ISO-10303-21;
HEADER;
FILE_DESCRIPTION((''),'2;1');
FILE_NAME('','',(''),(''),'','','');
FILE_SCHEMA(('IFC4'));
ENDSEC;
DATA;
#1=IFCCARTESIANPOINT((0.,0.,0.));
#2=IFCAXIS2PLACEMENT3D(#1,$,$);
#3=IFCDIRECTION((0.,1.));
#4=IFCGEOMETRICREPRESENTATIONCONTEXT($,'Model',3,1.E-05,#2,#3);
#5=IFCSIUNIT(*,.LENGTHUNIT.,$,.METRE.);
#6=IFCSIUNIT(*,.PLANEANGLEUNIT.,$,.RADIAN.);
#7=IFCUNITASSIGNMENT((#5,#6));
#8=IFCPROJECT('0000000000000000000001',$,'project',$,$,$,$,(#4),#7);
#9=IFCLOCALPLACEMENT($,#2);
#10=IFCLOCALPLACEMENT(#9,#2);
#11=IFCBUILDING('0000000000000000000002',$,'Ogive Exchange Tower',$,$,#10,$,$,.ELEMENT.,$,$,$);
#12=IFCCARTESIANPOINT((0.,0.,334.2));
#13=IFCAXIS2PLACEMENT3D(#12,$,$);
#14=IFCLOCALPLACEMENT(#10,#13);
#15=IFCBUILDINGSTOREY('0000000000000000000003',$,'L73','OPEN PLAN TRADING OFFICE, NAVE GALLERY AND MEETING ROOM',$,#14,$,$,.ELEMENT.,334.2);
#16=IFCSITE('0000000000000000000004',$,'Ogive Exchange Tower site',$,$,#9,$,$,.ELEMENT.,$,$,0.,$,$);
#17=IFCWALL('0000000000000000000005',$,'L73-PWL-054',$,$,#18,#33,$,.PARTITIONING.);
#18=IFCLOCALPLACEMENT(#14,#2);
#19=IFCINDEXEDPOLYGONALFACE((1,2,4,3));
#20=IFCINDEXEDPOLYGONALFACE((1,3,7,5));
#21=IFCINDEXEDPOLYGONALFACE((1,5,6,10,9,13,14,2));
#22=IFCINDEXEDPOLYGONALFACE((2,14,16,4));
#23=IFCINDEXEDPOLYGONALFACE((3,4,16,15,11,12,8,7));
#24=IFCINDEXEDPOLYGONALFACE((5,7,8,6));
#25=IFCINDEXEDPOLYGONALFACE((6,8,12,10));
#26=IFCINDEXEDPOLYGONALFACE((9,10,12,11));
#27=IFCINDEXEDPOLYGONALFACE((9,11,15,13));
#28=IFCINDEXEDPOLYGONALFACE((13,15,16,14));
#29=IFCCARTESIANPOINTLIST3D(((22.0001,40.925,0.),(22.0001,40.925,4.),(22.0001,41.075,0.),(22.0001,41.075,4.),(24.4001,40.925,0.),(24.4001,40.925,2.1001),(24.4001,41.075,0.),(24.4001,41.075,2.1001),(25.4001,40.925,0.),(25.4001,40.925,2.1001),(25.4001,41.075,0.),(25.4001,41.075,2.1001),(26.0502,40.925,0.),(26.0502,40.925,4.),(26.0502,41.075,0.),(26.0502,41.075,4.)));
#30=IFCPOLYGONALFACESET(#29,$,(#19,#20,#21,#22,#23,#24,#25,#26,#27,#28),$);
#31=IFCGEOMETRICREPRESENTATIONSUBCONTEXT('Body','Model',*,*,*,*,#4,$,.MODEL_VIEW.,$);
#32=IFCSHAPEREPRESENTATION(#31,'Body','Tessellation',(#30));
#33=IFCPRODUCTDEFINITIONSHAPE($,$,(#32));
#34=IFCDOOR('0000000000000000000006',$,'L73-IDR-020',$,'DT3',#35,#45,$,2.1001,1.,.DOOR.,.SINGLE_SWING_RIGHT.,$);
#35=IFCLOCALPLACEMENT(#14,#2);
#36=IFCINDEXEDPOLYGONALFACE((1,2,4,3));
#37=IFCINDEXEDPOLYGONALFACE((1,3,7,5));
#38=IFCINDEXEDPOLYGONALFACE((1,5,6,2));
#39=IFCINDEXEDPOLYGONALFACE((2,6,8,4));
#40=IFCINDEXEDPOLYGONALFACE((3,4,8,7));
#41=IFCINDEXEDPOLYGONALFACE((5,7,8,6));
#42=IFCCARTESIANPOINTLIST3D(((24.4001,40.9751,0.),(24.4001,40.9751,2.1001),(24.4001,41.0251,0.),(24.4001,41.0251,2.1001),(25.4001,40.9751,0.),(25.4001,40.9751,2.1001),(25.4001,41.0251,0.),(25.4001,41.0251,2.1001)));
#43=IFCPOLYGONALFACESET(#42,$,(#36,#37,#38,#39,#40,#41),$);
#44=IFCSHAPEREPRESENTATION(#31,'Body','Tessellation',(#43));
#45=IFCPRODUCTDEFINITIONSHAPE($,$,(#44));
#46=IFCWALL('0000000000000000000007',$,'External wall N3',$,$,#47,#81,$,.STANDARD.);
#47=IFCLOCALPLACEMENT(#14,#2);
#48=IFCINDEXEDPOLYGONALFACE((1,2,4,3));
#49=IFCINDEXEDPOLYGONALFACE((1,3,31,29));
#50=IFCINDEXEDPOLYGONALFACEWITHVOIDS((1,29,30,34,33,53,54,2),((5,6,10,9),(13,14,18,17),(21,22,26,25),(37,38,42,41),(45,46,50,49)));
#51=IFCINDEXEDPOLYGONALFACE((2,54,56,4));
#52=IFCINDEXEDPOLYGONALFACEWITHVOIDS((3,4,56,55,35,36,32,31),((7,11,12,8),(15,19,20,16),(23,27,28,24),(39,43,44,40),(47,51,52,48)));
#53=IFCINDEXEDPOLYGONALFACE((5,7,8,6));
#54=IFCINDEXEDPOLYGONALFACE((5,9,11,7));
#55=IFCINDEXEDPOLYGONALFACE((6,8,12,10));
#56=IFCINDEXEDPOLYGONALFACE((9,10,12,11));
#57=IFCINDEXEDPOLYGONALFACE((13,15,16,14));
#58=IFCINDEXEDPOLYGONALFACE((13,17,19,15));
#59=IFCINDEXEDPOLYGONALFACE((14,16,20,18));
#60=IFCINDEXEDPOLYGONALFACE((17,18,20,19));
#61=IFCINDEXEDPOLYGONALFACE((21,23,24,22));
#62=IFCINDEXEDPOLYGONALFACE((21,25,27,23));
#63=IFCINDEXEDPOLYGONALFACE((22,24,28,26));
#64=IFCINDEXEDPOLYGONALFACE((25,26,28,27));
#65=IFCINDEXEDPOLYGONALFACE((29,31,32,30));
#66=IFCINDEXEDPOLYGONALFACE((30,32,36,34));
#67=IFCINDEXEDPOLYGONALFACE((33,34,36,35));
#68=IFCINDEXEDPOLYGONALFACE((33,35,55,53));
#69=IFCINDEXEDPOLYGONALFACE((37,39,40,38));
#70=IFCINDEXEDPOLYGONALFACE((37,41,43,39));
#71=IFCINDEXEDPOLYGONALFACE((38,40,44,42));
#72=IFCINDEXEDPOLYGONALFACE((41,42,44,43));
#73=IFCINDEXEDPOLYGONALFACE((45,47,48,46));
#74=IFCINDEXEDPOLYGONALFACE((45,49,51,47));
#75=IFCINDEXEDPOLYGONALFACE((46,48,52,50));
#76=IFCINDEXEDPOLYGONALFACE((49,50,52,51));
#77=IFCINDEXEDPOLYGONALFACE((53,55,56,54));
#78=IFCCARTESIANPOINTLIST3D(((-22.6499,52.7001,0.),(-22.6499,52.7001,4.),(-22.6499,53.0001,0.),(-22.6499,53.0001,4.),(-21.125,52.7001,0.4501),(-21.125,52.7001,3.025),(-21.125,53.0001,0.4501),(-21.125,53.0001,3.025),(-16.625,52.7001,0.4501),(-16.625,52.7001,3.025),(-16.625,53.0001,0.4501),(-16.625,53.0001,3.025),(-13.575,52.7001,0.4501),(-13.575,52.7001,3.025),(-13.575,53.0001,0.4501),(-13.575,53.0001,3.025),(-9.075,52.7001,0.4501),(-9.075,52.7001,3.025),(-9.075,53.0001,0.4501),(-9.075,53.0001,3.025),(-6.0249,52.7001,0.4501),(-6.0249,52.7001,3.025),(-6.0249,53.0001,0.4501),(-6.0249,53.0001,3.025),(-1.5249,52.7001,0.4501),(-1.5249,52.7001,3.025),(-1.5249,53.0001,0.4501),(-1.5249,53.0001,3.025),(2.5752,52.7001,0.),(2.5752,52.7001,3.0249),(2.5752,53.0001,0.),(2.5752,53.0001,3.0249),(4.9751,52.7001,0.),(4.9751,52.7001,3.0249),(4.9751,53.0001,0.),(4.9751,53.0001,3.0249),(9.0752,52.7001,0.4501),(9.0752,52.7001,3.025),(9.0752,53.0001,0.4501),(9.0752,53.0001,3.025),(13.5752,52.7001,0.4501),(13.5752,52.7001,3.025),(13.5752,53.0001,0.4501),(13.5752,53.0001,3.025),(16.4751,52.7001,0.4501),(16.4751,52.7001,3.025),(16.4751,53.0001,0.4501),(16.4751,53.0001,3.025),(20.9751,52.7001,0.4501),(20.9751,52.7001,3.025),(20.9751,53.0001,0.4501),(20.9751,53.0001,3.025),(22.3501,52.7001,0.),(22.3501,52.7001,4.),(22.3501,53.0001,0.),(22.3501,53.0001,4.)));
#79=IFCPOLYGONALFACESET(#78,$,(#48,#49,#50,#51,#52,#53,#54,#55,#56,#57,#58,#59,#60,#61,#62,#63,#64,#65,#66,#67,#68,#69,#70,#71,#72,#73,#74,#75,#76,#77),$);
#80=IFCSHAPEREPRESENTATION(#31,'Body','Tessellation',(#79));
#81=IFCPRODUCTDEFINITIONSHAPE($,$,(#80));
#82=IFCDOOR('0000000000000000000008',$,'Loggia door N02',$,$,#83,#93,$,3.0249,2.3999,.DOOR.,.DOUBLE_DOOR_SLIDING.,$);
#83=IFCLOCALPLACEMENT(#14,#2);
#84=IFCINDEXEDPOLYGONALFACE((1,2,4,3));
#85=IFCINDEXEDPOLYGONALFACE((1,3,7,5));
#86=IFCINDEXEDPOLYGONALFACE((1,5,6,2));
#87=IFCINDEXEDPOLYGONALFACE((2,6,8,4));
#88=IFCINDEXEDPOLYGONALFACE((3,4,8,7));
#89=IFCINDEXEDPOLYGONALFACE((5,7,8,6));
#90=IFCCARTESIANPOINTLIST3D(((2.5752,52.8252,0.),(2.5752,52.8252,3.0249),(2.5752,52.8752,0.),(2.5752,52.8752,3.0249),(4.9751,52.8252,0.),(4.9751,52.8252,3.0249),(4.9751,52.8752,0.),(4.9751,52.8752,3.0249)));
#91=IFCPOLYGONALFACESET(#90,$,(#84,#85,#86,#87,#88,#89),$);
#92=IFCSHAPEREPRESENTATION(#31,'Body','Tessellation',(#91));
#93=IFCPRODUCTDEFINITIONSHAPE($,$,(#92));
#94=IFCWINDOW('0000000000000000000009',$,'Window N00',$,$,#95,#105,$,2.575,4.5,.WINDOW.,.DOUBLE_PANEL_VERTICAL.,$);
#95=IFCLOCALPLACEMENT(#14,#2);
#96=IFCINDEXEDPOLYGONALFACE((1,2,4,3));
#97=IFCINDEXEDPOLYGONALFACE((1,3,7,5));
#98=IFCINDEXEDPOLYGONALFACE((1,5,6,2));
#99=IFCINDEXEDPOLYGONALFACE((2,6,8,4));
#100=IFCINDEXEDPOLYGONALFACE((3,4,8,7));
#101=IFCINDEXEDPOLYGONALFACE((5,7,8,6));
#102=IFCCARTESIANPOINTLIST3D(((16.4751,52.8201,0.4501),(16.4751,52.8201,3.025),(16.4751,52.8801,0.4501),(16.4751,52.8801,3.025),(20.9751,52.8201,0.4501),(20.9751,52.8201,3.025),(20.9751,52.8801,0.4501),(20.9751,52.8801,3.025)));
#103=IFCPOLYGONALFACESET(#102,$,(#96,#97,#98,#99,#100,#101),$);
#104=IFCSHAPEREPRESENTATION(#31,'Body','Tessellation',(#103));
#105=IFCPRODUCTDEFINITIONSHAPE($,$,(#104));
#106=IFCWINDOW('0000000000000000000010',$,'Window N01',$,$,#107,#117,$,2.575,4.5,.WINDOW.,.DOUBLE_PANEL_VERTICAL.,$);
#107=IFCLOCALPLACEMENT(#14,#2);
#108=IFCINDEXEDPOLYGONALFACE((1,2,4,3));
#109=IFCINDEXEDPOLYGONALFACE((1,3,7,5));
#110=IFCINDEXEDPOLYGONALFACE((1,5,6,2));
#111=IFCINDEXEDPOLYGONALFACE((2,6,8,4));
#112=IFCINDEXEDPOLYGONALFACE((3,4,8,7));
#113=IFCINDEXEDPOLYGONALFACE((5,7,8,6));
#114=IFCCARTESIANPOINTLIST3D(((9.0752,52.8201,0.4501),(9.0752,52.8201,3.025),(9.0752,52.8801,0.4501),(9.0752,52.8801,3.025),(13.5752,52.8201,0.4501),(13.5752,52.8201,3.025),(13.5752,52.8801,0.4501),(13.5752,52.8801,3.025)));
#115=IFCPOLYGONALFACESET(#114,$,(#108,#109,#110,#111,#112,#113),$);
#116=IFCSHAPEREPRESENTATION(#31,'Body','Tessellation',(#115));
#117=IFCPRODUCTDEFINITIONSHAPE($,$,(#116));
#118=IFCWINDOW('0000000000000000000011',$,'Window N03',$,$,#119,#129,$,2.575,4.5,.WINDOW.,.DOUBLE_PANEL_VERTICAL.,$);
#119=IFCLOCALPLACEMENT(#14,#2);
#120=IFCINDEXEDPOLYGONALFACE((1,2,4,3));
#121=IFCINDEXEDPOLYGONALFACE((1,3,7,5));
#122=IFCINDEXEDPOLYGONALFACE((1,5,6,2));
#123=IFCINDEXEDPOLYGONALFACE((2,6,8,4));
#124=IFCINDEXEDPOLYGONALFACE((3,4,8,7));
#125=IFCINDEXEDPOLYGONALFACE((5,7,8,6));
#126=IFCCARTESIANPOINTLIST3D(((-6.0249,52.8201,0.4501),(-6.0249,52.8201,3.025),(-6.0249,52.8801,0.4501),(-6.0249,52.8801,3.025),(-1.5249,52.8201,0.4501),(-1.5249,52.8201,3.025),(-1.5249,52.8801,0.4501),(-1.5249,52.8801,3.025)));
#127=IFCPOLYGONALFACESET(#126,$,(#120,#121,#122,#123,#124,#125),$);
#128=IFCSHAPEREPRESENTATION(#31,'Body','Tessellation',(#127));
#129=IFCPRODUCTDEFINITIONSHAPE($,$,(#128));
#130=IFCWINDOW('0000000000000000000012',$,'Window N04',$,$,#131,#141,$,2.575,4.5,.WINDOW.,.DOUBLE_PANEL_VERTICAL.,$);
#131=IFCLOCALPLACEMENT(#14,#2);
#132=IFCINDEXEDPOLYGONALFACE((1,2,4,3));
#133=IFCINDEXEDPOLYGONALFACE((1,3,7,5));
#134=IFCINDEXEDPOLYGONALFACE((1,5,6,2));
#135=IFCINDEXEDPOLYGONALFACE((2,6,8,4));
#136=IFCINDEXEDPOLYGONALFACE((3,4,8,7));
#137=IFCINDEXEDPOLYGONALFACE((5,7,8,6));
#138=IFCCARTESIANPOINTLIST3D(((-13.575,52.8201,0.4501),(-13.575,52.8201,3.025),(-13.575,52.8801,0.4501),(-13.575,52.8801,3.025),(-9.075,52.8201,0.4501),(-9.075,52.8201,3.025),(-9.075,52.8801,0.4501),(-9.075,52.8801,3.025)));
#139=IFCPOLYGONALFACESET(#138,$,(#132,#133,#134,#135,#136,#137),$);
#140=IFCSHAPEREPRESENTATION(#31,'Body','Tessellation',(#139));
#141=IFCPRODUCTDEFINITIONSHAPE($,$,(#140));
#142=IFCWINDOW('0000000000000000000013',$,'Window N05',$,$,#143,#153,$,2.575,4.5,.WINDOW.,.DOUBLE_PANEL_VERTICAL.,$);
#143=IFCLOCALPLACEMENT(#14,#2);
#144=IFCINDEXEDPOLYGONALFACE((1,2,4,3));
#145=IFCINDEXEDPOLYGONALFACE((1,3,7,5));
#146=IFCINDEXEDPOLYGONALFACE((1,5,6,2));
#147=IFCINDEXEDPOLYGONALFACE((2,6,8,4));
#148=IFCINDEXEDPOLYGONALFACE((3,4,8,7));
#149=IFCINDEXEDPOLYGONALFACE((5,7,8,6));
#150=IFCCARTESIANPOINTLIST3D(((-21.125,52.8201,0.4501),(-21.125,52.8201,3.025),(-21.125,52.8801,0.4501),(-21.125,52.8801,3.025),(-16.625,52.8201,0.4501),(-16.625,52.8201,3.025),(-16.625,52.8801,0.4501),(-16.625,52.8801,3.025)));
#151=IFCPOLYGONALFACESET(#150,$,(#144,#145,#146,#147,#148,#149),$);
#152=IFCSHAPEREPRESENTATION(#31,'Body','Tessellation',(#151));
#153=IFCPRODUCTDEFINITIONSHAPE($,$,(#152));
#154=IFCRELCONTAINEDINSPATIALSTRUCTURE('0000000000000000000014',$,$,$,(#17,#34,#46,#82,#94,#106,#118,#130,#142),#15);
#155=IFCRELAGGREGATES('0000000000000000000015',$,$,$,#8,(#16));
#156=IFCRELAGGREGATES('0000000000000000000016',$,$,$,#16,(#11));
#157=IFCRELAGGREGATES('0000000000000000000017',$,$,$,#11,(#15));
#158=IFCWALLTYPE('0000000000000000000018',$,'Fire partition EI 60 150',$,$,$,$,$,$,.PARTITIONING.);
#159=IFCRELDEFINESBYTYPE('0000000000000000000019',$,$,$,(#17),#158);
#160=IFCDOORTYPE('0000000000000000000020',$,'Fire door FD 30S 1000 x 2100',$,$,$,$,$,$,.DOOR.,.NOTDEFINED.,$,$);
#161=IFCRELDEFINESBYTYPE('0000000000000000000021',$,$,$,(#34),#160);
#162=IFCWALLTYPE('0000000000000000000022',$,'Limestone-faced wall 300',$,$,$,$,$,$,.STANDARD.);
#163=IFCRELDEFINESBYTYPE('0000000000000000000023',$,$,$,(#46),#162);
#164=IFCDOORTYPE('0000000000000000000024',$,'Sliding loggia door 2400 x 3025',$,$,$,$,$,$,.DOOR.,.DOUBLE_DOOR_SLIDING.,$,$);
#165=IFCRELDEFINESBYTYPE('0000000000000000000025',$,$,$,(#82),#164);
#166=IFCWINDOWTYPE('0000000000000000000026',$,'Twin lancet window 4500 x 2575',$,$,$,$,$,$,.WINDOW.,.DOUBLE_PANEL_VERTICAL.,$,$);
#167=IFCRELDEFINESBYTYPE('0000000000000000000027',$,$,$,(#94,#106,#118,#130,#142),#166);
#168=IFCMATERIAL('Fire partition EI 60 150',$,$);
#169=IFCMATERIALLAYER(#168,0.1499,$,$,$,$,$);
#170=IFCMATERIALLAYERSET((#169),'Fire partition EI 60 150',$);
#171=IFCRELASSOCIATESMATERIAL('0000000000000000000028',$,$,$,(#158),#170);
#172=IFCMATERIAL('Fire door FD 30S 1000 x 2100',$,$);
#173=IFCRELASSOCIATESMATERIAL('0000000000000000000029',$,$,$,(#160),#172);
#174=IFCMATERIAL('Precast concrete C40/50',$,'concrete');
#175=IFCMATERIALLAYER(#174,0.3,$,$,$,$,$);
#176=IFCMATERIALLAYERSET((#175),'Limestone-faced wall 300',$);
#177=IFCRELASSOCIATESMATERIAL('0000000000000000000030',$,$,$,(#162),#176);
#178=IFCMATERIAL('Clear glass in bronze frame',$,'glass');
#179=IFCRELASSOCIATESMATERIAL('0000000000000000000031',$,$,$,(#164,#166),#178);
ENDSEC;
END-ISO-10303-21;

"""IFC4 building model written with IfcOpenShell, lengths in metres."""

from ifc_helpers import new_model, si_unit, direction, frame, frame_2d, origin, place, context, subcontext, project, spatial, rectangle, extrude, material, layer, layer_set, type_object, element, fill, save


model = new_model("IFC4")

# Units and contexts
model_context = context("Model", 3, precision=1e-05, world=origin(), true_north=direction((0.0, 1.0)))
body_context = subcontext(model_context, "Body", "Model", "MODEL_VIEW")
ifc_project = project(units=[si_unit("LENGTHUNIT", "METRE"), si_unit("PLANEANGLEUNIT", "RADIAN")], contexts=[model_context])

# Site, building, storey
site_placement = place(None, origin())
site = spatial("IfcSite", under=ifc_project, at=site_placement, Name="Ogive Exchange Tower site", CompositionType="ELEMENT", RefElevation=0.0)
building_placement = place(site_placement, origin())
building = spatial("IfcBuilding", under=site, at=building_placement, Name="Ogive Exchange Tower", CompositionType="ELEMENT")
storey_placement = place(building_placement, frame((0.0, 0.0, 334.2)))
storey = spatial("IfcBuildingStorey", under=building, at=storey_placement, Name="L73", Description="OPEN PLAN TRADING OFFICE, NAVE GALLERY AND MEETING ROOM", CompositionType="ELEMENT", Elevation=334.2)

# Wall, opening, door
ifc_material_1 = material(Name="Fire partition EI 60 150")
ifc_layer_1 = layer(ifc_material_1, 0.1499)
ifc_layer_set_1 = layer_set([ifc_layer_1], Name="Fire partition EI 60 150")
wall_type_1 = type_object("IfcWallType", Name="Fire partition EI 60 150", PredefinedType="PARTITIONING", material=ifc_layer_set_1)
ifc_material_2 = material(Name="Fire door FD 30S 1000 x 2100")
door_type_1 = type_object("IfcDoorType", Name="Fire door FD 30S 1000 x 2100", OperationType="NOTDEFINED", PredefinedType="DOOR", material=ifc_material_2)
wall_1_placement = place(storey_placement, frame((26.05, 41.0, 0.0), z_axis=(0.0, 0.0, 1.0), x_axis=(-1.0, 0.0, 0.0)))
wall_1 = element("IfcWall", 1, at=wall_1_placement, inside=storey, type_object=wall_type_1, Name="L73-PWL-054", PredefinedType="PARTITIONING", context=body_context, shape_type="SweptSolid", body=[
    extrude(rectangle(XDim=4.05, YDim=0.1499, at=frame_2d((2.0249, 0.0))), origin(), (0.0, 0.0, 1.0), 4.0),
])
opening_1_placement = place(wall_1_placement, frame((0.6499, 0.0, 0.0)))
opening_1 = element("IfcOpeningElement", 2, at=opening_1_placement, cuts=wall_1, PredefinedType="OPENING", context=body_context, shape_type="SweptSolid", body=[
    extrude(rectangle(XDim=1.0, YDim=2.1001, at=frame_2d((0.5, 1.05))), frame((0.0, 0.085, 0.0), z_axis=(0.0, -1.0, 0.0), x_axis=(1.0, 0.0, 0.0)), (0.0, 0.0, 1.0), 0.1699),
])
door_1_placement = place(opening_1_placement, origin())
door_1 = element("IfcDoor", 3, at=door_1_placement, inside=storey, type_object=door_type_1, Name="L73-IDR-020", ObjectType="DT3", OperationType="SINGLE_SWING_RIGHT", OverallHeight=2.1001, OverallWidth=1.0, PredefinedType="DOOR", context=body_context, shape_type="SweptSolid", body=[
    extrude(rectangle(XDim=1.0, YDim=2.1001, at=frame_2d((0.5, 1.05))), frame((0.0, 0.0249, 0.0), z_axis=(0.0, -1.0, 0.0), x_axis=(1.0, 0.0, 0.0)), (0.0, 0.0, 1.0), 0.05),
])
fill(opening_1, door_1)

# Wall, openings, door, windows
ifc_material_3 = material(Name="Precast concrete C40/50", Category="concrete")
ifc_layer_2 = layer(ifc_material_3, 0.3)
ifc_layer_set_2 = layer_set([ifc_layer_2], Name="Limestone-faced wall 300")
wall_type_2 = type_object("IfcWallType", Name="Limestone-faced wall 300", PredefinedType="STANDARD", material=ifc_layer_set_2)
wall_2_placement = place(storey_placement, frame((22.3501, 52.8501, 0.0), z_axis=(0.0, 0.0, 1.0), x_axis=(-1.0, 0.0, 0.0)))
wall_2 = element("IfcWall", 4, at=wall_2_placement, inside=storey, type_object=wall_type_2, Name="External wall N3", PredefinedType="STANDARD", context=body_context, shape_type="SweptSolid", body=[
    extrude(rectangle(XDim=45.0, YDim=0.3, at=frame_2d((22.5, 0.0))), origin(), (0.0, 0.0, 1.0), 4.0),
])
opening_2_placement = place(wall_2_placement, frame((1.375, 0.0, 0.45)))
opening_2 = element("IfcOpeningElement", 5, at=opening_2_placement, cuts=wall_2, PredefinedType="OPENING", context=body_context, shape_type="SweptSolid", body=[
    extrude(rectangle(XDim=4.5, YDim=2.575, at=frame_2d((2.25, 1.2876))), frame((0.0, 0.1599, 0.0), z_axis=(0.0, -1.0, 0.0), x_axis=(1.0, 0.0, 0.0)), (0.0, 0.0, 1.0), 0.3201),
])
opening_3_placement = place(wall_2_placement, frame((8.7749, 0.0, 0.45)))
opening_3 = element("IfcOpeningElement", 6, at=opening_3_placement, cuts=wall_2, PredefinedType="OPENING", context=body_context, shape_type="SweptSolid", body=[
    extrude(rectangle(XDim=4.5, YDim=2.575, at=frame_2d((2.25, 1.2876))), frame((0.0, 0.1599, 0.0), z_axis=(0.0, -1.0, 0.0), x_axis=(1.0, 0.0, 0.0)), (0.0, 0.0, 1.0), 0.3201),
])
opening_4_placement = place(wall_2_placement, frame((17.375, 0.0, 0.0)))
opening_4 = element("IfcOpeningElement", 7, at=opening_4_placement, cuts=wall_2, PredefinedType="OPENING", context=body_context, shape_type="SweptSolid", body=[
    extrude(rectangle(XDim=2.3999, YDim=3.0249, at=frame_2d((1.2, 1.5125))), frame((0.0, 0.1599, 0.0), z_axis=(0.0, -1.0, 0.0), x_axis=(1.0, 0.0, 0.0)), (0.0, 0.0, 1.0), 0.3201),
])
opening_5_placement = place(wall_2_placement, frame((23.875, 0.0, 0.45)))
opening_5 = element("IfcOpeningElement", 8, at=opening_5_placement, cuts=wall_2, PredefinedType="OPENING", context=body_context, shape_type="SweptSolid", body=[
    extrude(rectangle(XDim=4.5, YDim=2.575, at=frame_2d((2.25, 1.2876))), frame((0.0, 0.1599, 0.0), z_axis=(0.0, -1.0, 0.0), x_axis=(1.0, 0.0, 0.0)), (0.0, 0.0, 1.0), 0.3201),
])
opening_6_placement = place(wall_2_placement, frame((31.425, 0.0, 0.45)))
opening_6 = element("IfcOpeningElement", 9, at=opening_6_placement, cuts=wall_2, PredefinedType="OPENING", context=body_context, shape_type="SweptSolid", body=[
    extrude(rectangle(XDim=4.5, YDim=2.575, at=frame_2d((2.25, 1.2876))), frame((0.0, 0.1599, 0.0), z_axis=(0.0, -1.0, 0.0), x_axis=(1.0, 0.0, 0.0)), (0.0, 0.0, 1.0), 0.3201),
])
opening_7_placement = place(wall_2_placement, frame((38.9751, 0.0, 0.45)))
opening_7 = element("IfcOpeningElement", 10, at=opening_7_placement, cuts=wall_2, PredefinedType="OPENING", context=body_context, shape_type="SweptSolid", body=[
    extrude(rectangle(XDim=4.5, YDim=2.575, at=frame_2d((2.25, 1.2876))), frame((0.0, 0.1599, 0.0), z_axis=(0.0, -1.0, 0.0), x_axis=(1.0, 0.0, 0.0)), (0.0, 0.0, 1.0), 0.3201),
])
ifc_material_4 = material(Name="Clear glass in bronze frame", Category="glass")
door_type_2 = type_object("IfcDoorType", Name="Sliding loggia door 2400 x 3025", OperationType="DOUBLE_DOOR_SLIDING", PredefinedType="DOOR", material=ifc_material_4)
door_2_placement = place(opening_4_placement, origin())
door_2 = element("IfcDoor", 11, at=door_2_placement, inside=storey, type_object=door_type_2, Name="Loggia door N02", OperationType="DOUBLE_DOOR_SLIDING", OverallHeight=3.0249, OverallWidth=2.3999, PredefinedType="DOOR", context=body_context, shape_type="SweptSolid", body=[
    extrude(rectangle(XDim=2.3999, YDim=3.0249, at=frame_2d((1.2, 1.5125))), frame((0.0, 0.0249, 0.0), z_axis=(0.0, -1.0, 0.0), x_axis=(1.0, 0.0, 0.0)), (0.0, 0.0, 1.0), 0.05),
])
fill(opening_4, door_2)
window_type = type_object("IfcWindowType", Name="Twin lancet window 4500 x 2575", PartitioningType="DOUBLE_PANEL_VERTICAL", PredefinedType="WINDOW", material=ifc_material_4)
window_1_placement = place(opening_2_placement, origin())
window_1 = element("IfcWindow", 12, at=window_1_placement, inside=storey, type_object=window_type, Name="Window N00", OverallHeight=2.575, OverallWidth=4.5, PartitioningType="DOUBLE_PANEL_VERTICAL", PredefinedType="WINDOW", context=body_context, shape_type="SweptSolid", body=[
    extrude(rectangle(XDim=4.5, YDim=2.575, at=frame_2d((2.25, 1.2876))), frame((0.0, 0.03, 0.0), z_axis=(0.0, -1.0, 0.0), x_axis=(1.0, 0.0, 0.0)), (0.0, 0.0, 1.0), 0.0601),
])
fill(opening_2, window_1)
window_2_placement = place(opening_3_placement, origin())
window_2 = element("IfcWindow", 13, at=window_2_placement, inside=storey, type_object=window_type, Name="Window N01", OverallHeight=2.575, OverallWidth=4.5, PartitioningType="DOUBLE_PANEL_VERTICAL", PredefinedType="WINDOW", context=body_context, shape_type="SweptSolid", body=[
    extrude(rectangle(XDim=4.5, YDim=2.575, at=frame_2d((2.25, 1.2876))), frame((0.0, 0.03, 0.0), z_axis=(0.0, -1.0, 0.0), x_axis=(1.0, 0.0, 0.0)), (0.0, 0.0, 1.0), 0.0601),
])
fill(opening_3, window_2)
window_3_placement = place(opening_5_placement, origin())
window_3 = element("IfcWindow", 14, at=window_3_placement, inside=storey, type_object=window_type, Name="Window N03", OverallHeight=2.575, OverallWidth=4.5, PartitioningType="DOUBLE_PANEL_VERTICAL", PredefinedType="WINDOW", context=body_context, shape_type="SweptSolid", body=[
    extrude(rectangle(XDim=4.5, YDim=2.575, at=frame_2d((2.25, 1.2876))), frame((0.0, 0.03, 0.0), z_axis=(0.0, -1.0, 0.0), x_axis=(1.0, 0.0, 0.0)), (0.0, 0.0, 1.0), 0.0601),
])
fill(opening_5, window_3)
window_4_placement = place(opening_6_placement, origin())
window_4 = element("IfcWindow", 15, at=window_4_placement, inside=storey, type_object=window_type, Name="Window N04", OverallHeight=2.575, OverallWidth=4.5, PartitioningType="DOUBLE_PANEL_VERTICAL", PredefinedType="WINDOW", context=body_context, shape_type="SweptSolid", body=[
    extrude(rectangle(XDim=4.5, YDim=2.575, at=frame_2d((2.25, 1.2876))), frame((0.0, 0.03, 0.0), z_axis=(0.0, -1.0, 0.0), x_axis=(1.0, 0.0, 0.0)), (0.0, 0.0, 1.0), 0.0601),
])
fill(opening_6, window_4)
window_5_placement = place(opening_7_placement, origin())
window_5 = element("IfcWindow", 16, at=window_5_placement, inside=storey, type_object=window_type, Name="Window N05", OverallHeight=2.575, OverallWidth=4.5, PartitioningType="DOUBLE_PANEL_VERTICAL", PredefinedType="WINDOW", context=body_context, shape_type="SweptSolid", body=[
    extrude(rectangle(XDim=4.5, YDim=2.575, at=frame_2d((2.25, 1.2876))), frame((0.0, 0.03, 0.0), z_axis=(0.0, -1.0, 0.0), x_axis=(1.0, 0.0, 0.0)), (0.0, 0.0, 1.0), 0.0601),
])
fill(opening_7, window_5)

save(model, "model.ifc")
